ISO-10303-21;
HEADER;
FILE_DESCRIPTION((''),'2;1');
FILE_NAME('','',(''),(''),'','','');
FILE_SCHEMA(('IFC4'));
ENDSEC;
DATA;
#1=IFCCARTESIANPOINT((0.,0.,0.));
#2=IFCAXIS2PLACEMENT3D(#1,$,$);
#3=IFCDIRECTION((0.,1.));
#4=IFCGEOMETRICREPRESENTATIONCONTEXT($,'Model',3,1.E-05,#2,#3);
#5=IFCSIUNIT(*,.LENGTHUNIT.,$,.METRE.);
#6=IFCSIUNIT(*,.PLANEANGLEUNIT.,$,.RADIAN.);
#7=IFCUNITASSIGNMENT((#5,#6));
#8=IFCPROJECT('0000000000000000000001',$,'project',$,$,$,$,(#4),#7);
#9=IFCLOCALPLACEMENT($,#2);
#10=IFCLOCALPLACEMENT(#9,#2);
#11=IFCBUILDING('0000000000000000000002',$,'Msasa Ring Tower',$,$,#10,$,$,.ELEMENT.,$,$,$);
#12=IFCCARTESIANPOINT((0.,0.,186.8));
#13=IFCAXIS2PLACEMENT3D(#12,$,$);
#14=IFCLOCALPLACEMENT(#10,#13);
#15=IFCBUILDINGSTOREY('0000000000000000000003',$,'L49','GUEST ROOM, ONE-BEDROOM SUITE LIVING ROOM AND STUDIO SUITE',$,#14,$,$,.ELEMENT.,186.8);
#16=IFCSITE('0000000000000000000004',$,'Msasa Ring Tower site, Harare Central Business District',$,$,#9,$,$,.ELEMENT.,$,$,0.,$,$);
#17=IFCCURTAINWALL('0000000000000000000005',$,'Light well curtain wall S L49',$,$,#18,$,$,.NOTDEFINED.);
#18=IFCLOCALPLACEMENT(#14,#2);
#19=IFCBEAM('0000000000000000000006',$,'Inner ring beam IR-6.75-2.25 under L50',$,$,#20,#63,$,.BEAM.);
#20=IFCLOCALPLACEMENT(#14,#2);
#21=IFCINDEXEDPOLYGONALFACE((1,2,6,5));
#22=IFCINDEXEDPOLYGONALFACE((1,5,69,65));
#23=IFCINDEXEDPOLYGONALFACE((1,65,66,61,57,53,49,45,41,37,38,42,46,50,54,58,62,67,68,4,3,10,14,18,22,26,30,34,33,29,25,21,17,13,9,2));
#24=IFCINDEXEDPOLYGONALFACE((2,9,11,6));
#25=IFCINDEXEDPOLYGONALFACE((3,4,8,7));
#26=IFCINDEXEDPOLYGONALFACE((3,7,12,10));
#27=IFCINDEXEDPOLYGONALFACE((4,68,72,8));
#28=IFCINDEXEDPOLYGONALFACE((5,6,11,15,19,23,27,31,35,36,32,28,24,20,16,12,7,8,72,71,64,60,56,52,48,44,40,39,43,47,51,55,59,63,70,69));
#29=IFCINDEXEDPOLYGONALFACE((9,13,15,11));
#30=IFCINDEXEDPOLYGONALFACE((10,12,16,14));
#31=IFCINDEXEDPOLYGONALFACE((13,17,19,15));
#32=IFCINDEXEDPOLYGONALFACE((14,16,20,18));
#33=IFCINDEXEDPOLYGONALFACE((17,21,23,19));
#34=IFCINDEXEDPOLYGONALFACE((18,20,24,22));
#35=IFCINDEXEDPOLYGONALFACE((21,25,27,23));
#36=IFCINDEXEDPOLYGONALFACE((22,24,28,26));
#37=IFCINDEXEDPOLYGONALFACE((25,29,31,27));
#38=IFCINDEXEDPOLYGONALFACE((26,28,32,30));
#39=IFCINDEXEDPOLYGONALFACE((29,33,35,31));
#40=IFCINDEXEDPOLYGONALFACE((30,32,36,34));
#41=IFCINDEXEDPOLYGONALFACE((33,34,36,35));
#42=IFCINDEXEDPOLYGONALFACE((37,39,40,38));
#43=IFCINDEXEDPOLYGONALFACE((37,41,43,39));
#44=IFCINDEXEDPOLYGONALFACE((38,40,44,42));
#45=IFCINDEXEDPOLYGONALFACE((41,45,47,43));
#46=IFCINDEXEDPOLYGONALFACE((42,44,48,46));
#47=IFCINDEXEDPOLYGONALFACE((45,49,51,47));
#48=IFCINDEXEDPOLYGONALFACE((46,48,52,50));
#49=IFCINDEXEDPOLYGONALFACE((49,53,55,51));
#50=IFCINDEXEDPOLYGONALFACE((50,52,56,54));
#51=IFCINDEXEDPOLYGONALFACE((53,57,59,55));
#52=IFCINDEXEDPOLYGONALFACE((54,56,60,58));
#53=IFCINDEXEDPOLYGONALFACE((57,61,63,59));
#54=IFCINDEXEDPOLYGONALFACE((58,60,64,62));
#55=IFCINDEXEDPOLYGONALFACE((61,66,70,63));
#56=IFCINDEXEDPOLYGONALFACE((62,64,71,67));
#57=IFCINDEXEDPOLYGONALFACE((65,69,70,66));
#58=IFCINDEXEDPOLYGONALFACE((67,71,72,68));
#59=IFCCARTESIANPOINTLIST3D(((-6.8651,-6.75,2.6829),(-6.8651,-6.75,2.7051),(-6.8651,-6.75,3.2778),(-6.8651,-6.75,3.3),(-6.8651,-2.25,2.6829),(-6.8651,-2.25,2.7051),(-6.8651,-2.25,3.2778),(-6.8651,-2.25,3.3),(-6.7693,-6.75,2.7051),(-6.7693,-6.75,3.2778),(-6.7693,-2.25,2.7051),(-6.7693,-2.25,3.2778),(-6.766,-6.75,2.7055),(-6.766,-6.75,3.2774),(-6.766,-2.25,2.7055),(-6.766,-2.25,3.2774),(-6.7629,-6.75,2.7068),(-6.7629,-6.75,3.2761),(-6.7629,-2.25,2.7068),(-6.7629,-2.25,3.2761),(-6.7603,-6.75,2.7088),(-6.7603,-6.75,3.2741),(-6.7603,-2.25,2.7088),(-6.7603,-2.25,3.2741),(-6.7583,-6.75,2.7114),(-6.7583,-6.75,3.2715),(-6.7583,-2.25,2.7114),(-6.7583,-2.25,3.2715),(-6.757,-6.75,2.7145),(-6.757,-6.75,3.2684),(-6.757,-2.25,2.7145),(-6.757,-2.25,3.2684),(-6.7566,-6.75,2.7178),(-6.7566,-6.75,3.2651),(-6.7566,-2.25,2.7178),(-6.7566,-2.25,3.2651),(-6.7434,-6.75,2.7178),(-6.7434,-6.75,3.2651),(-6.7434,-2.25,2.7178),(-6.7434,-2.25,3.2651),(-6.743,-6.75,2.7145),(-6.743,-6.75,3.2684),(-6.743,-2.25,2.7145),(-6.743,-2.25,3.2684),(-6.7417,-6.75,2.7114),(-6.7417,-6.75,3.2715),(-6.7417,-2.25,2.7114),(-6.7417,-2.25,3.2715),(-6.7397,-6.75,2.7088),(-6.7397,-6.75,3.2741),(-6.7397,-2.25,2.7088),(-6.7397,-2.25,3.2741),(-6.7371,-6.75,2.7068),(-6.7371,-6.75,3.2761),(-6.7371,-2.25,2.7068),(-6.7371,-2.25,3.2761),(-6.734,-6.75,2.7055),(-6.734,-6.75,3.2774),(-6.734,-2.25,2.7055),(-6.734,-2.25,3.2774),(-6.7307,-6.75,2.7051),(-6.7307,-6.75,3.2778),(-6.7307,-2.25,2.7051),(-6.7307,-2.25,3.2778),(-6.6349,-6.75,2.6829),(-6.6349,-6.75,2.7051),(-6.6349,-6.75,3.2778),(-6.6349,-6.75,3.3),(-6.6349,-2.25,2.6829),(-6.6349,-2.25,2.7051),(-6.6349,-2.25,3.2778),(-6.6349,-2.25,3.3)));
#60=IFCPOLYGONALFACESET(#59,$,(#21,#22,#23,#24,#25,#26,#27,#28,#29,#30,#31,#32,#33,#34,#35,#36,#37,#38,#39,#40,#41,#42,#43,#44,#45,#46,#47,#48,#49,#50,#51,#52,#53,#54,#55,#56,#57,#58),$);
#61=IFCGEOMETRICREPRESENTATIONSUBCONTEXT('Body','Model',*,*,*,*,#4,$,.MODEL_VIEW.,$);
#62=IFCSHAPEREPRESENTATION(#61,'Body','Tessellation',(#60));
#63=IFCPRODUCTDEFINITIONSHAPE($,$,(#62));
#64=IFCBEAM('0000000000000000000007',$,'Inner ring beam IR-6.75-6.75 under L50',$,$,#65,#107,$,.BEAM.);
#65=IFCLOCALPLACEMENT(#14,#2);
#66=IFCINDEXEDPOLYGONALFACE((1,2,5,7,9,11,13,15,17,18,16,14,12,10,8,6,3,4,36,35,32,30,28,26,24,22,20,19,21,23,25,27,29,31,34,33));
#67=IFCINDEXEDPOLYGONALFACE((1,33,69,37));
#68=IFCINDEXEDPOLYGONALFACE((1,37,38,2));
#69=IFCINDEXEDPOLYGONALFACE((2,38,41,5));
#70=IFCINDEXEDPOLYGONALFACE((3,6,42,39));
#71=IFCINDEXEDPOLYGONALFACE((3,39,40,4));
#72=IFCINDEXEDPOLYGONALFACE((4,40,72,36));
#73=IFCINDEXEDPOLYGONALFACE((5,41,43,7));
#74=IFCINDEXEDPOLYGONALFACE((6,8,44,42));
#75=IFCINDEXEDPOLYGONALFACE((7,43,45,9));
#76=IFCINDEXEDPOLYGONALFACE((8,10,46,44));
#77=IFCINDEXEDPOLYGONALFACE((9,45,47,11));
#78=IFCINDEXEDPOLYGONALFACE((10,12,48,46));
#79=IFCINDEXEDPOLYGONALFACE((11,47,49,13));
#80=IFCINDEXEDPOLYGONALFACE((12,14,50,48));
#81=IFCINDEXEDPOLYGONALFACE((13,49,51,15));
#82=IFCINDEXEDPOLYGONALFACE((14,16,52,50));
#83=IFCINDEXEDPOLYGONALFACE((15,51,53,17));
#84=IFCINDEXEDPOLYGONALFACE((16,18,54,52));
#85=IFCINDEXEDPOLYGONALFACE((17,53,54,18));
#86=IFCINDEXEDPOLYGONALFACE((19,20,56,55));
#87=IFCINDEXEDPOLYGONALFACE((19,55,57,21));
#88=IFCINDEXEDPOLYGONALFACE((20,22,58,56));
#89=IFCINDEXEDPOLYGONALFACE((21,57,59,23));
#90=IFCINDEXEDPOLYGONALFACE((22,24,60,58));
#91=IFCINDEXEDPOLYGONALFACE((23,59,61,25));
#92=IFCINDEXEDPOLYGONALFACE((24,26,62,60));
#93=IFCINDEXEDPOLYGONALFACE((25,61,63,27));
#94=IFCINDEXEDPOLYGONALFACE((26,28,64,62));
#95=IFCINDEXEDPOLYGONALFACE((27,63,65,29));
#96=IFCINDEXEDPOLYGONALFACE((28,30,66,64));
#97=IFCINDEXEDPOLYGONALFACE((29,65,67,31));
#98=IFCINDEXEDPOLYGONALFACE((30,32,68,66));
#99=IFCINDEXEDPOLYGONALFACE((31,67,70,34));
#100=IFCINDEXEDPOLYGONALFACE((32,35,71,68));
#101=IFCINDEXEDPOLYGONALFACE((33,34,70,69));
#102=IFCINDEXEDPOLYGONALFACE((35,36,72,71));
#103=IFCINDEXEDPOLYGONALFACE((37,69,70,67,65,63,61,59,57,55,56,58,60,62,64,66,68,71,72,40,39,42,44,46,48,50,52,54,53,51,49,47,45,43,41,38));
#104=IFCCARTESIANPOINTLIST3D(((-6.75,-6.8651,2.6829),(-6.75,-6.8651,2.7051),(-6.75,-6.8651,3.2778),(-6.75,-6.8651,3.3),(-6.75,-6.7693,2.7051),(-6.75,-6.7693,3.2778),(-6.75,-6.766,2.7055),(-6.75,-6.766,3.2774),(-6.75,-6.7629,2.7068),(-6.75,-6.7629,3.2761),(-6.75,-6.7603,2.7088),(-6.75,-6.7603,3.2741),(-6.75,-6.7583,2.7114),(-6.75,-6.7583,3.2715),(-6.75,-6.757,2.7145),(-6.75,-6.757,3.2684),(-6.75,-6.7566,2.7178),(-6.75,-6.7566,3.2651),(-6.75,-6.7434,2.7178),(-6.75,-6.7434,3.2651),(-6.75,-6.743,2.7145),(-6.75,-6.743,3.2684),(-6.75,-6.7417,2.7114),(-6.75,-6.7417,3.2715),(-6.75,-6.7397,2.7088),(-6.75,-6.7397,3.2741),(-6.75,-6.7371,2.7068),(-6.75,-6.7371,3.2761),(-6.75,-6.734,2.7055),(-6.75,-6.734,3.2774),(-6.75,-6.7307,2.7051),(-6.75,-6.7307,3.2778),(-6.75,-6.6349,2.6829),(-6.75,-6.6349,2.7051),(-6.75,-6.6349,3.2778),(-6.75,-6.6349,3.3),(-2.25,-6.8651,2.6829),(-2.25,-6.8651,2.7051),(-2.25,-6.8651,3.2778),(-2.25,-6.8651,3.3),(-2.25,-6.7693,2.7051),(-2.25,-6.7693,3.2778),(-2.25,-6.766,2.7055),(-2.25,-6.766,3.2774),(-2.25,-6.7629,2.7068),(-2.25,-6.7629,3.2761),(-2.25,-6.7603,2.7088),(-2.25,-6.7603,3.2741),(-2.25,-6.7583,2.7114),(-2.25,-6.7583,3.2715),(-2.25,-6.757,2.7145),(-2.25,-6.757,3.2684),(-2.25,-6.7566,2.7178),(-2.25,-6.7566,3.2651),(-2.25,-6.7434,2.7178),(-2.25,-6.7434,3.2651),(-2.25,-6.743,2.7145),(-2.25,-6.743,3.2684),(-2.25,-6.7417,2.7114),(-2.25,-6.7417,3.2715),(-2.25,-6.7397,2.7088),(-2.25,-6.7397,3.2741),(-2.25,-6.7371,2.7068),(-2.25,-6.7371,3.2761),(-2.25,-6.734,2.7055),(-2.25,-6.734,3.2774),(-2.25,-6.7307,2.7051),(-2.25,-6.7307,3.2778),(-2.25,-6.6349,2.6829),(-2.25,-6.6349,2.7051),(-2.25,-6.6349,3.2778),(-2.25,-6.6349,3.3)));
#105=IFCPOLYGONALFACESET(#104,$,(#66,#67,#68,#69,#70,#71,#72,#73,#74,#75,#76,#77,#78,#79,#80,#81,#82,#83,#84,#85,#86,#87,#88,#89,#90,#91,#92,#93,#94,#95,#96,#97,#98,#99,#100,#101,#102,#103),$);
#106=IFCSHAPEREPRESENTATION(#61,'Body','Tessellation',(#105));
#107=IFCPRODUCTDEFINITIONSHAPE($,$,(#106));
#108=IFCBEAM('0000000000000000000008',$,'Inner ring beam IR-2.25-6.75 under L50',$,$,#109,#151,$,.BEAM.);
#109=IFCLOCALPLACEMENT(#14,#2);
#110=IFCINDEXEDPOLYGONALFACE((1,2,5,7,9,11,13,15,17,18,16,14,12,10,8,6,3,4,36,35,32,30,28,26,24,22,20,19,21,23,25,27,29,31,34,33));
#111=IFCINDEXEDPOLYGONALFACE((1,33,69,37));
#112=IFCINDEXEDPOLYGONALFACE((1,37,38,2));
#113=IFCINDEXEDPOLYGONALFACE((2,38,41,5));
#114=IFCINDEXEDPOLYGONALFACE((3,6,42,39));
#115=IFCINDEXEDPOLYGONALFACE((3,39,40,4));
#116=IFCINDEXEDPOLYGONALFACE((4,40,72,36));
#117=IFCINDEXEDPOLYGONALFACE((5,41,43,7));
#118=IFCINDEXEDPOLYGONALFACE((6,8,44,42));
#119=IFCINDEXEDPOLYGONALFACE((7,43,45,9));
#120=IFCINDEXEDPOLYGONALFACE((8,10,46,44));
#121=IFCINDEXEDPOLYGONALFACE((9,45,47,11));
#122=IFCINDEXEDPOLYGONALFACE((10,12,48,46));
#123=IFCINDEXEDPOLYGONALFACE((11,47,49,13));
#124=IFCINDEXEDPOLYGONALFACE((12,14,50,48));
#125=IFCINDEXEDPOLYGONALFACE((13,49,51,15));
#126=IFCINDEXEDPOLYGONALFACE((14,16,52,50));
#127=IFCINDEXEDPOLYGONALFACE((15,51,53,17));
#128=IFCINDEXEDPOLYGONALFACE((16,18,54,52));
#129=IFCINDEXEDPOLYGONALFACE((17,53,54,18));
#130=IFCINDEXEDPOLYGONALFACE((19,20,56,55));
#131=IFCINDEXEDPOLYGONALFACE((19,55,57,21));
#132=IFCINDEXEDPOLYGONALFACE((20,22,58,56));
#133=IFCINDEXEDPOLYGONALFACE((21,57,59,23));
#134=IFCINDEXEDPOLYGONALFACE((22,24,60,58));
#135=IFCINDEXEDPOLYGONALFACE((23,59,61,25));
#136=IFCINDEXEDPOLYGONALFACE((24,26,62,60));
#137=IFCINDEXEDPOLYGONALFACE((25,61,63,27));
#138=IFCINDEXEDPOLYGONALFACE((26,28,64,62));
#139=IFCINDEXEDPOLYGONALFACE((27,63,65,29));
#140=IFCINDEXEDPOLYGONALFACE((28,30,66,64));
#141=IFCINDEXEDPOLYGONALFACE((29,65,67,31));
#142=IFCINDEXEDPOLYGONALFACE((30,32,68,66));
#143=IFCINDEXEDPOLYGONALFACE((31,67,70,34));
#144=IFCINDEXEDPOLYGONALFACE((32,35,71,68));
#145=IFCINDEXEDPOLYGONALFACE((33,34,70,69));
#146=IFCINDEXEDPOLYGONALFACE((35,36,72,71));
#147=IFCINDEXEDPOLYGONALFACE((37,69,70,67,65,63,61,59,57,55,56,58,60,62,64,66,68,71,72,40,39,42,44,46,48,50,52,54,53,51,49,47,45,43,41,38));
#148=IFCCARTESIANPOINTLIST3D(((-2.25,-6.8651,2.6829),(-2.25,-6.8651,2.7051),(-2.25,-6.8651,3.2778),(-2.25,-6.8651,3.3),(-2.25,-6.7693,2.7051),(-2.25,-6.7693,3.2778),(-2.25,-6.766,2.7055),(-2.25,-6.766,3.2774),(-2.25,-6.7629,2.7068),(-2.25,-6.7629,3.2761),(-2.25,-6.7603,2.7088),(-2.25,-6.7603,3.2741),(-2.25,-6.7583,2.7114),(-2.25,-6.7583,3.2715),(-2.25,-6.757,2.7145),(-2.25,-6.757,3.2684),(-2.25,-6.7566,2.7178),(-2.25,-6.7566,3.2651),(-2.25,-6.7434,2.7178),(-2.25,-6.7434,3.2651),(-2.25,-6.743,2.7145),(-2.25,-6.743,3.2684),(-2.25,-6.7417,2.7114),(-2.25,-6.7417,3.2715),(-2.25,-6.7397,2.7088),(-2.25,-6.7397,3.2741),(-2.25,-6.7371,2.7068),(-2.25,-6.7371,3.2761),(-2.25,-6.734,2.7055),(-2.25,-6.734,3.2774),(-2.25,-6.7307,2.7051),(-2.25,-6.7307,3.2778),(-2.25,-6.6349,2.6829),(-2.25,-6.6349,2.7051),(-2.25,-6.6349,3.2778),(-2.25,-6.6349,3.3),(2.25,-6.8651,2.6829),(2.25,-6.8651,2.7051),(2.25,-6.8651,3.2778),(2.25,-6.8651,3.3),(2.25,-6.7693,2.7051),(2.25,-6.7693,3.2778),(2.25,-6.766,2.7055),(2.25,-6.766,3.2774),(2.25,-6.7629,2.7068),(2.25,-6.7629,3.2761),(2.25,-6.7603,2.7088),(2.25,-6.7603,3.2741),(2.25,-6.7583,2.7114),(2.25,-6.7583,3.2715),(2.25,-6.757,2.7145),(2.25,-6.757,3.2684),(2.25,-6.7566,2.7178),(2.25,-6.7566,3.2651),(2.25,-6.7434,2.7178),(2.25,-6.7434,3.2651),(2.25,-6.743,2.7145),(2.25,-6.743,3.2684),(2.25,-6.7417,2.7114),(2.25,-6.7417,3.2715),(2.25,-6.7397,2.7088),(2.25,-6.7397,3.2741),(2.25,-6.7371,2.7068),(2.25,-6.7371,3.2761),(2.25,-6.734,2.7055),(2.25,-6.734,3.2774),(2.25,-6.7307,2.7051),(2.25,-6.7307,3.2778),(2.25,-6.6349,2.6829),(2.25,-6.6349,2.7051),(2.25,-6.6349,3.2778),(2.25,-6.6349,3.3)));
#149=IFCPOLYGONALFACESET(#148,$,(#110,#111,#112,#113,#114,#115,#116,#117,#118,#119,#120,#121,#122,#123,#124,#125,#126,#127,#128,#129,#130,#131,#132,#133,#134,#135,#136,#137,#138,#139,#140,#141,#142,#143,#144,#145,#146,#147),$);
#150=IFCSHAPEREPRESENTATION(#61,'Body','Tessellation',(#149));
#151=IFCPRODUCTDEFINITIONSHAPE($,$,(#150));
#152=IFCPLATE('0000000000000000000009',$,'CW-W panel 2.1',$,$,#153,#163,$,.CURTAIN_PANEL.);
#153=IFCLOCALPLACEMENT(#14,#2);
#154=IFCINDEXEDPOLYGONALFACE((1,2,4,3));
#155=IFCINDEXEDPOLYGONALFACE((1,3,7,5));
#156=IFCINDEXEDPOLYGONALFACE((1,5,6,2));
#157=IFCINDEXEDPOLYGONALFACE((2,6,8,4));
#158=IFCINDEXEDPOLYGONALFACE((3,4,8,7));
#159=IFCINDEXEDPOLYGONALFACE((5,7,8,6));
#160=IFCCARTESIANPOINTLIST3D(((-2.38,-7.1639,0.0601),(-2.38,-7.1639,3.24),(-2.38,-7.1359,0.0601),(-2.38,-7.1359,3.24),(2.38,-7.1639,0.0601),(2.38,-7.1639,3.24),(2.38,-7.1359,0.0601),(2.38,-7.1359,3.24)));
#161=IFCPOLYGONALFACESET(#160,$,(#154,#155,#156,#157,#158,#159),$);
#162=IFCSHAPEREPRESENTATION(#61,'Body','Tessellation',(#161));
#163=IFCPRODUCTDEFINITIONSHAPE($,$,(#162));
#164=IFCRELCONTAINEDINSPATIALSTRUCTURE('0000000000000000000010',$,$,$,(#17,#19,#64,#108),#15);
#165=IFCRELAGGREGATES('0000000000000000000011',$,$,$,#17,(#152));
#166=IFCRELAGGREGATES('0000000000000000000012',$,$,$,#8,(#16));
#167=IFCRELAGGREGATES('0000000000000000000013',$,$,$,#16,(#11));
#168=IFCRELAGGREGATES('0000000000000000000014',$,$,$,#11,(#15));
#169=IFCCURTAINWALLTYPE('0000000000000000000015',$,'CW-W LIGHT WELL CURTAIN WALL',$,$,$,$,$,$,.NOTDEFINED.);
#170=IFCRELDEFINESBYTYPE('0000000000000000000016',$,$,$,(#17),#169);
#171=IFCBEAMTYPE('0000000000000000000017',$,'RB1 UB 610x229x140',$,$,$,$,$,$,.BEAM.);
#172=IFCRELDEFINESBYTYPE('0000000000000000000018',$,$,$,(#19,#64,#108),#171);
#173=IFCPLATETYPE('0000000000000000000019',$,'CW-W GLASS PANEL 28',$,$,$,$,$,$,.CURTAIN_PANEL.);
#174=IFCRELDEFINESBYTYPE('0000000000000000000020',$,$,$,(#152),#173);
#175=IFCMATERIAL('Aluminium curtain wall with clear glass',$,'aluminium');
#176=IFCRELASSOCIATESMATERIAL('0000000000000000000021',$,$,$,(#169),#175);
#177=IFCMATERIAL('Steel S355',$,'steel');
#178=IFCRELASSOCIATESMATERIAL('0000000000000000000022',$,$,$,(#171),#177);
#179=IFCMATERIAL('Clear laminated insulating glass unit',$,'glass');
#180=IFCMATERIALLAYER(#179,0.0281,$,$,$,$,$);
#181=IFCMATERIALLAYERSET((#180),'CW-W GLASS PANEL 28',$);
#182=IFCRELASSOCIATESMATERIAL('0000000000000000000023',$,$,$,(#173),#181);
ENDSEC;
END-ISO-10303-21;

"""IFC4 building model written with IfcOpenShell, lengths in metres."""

from ifc_helpers import new_model, si_unit, direction, frame, origin, origin_2d, place, context, subcontext, project, spatial, rectangle, i_section, extrude, material, layer, layer_set, material_profile, profile_set, type_object, element, aggregate, save


model = new_model("IFC4")

# Units and contexts
model_context = context("Model", 3, precision=1e-05, world=origin(), true_north=direction((0.0, 1.0)))
body_context = subcontext(model_context, "Body", "Model", "MODEL_VIEW")
ifc_project = project(units=[si_unit("LENGTHUNIT", "METRE"), si_unit("PLANEANGLEUNIT", "RADIAN")], contexts=[model_context])

# Site, building, storey
site_placement = place(None, origin())
site = spatial("IfcSite", under=ifc_project, at=site_placement, Name="Msasa Ring Tower site, Harare Central Business District", CompositionType="ELEMENT", RefElevation=0.0)
building_placement = place(site_placement, origin())
building = spatial("IfcBuilding", under=site, at=building_placement, Name="Msasa Ring Tower", CompositionType="ELEMENT")
storey_placement = place(building_placement, frame((0.0, 0.0, 186.8)))
storey = spatial("IfcBuildingStorey", under=building, at=storey_placement, Name="L49", Description="GUEST ROOM, ONE-BEDROOM SUITE LIVING ROOM AND STUDIO SUITE", CompositionType="ELEMENT", Elevation=186.8)

# Curtain wall
ifc_material_1 = material(Name="Aluminium curtain wall with clear glass", Category="aluminium")
curtain_wall_type = type_object("IfcCurtainWallType", Name="CW-W LIGHT WELL CURTAIN WALL", PredefinedType="NOTDEFINED", material=ifc_material_1)
curtain_wall_1_placement = place(storey_placement, origin())
curtain_wall_1 = element("IfcCurtainWall", 1, at=curtain_wall_1_placement, inside=storey, type_object=curtain_wall_type, Name="Light well curtain wall S L49", PredefinedType="NOTDEFINED")

# Beams
ifc_material_2 = material(Name="Steel S355", Category="steel")
ifc_material_profile_1 = material_profile(ifc_material_2, i_section(OverallWidth=0.2302, OverallDepth=0.6172, WebThickness=0.0132, FlangeThickness=0.0222, FilletRadius=0.0127, at=origin_2d()), Name="UB 610x229x140")
ifc_profile_set_1 = profile_set([ifc_material_profile_1], Name="Steel S355")
beam_type_1 = type_object("IfcBeamType", Name="RB1 UB 610x229x140", PredefinedType="BEAM", material=ifc_profile_set_1)
for number, where, z_axis, x_axis, name in (
    (2, (-6.75, -2.25, 2.9915), (0.0, -1.0, 0.0), (1.0, 0.0, 0.0), "Inner ring beam IR-6.75-2.25 under L50"),
    (3, (-6.75, -6.75, 2.9915), (1.0, 0.0, 0.0), (0.0, 1.0, 0.0), "Inner ring beam IR-6.75-6.75 under L50"),
    (4, (-2.25, -6.75, 2.9915), (1.0, 0.0, 0.0), (0.0, 1.0, 0.0), "Inner ring beam IR-2.25-6.75 under L50"),
):
    element("IfcBeam", number, at=place(storey_placement, frame(where, z_axis=z_axis, x_axis=x_axis)), inside=storey, type_object=beam_type_1, Name=name, PredefinedType="BEAM", context=body_context, shape_type="SweptSolid", body=[
        extrude(i_section(OverallWidth=0.2302, OverallDepth=0.6172, WebThickness=0.0132, FlangeThickness=0.0222, FilletRadius=0.0127, at=origin_2d()), origin(), (0.0, 0.0, 1.0), 4.5),
    ])

# Plate
ifc_material_3 = material(Name="Clear laminated insulating glass unit", Category="glass")
ifc_layer = layer(ifc_material_3, 0.0281)
ifc_layer_set = layer_set([ifc_layer], Name="CW-W GLASS PANEL 28")
plate_type = type_object("IfcPlateType", Name="CW-W GLASS PANEL 28", PredefinedType="CURTAIN_PANEL", material=ifc_layer_set)
plate_placement = place(storey_placement, frame((0.0, -7.1499, 0.0601), z_axis=(0.0, 0.0, 1.0), x_axis=(1.0, 0.0, 0.0)))
plate = element("IfcPlate", 5, at=plate_placement, type_object=plate_type, Name="CW-W panel 2.1", PredefinedType="CURTAIN_PANEL", context=body_context, shape_type="SweptSolid", body=[
    extrude(rectangle(XDim=4.76, YDim=0.0281, at=origin_2d()), origin(), (0.0, 0.0, 1.0), 3.1799),
])
aggregate(curtain_wall_1, [plate])

save(model, "model.ifc")
